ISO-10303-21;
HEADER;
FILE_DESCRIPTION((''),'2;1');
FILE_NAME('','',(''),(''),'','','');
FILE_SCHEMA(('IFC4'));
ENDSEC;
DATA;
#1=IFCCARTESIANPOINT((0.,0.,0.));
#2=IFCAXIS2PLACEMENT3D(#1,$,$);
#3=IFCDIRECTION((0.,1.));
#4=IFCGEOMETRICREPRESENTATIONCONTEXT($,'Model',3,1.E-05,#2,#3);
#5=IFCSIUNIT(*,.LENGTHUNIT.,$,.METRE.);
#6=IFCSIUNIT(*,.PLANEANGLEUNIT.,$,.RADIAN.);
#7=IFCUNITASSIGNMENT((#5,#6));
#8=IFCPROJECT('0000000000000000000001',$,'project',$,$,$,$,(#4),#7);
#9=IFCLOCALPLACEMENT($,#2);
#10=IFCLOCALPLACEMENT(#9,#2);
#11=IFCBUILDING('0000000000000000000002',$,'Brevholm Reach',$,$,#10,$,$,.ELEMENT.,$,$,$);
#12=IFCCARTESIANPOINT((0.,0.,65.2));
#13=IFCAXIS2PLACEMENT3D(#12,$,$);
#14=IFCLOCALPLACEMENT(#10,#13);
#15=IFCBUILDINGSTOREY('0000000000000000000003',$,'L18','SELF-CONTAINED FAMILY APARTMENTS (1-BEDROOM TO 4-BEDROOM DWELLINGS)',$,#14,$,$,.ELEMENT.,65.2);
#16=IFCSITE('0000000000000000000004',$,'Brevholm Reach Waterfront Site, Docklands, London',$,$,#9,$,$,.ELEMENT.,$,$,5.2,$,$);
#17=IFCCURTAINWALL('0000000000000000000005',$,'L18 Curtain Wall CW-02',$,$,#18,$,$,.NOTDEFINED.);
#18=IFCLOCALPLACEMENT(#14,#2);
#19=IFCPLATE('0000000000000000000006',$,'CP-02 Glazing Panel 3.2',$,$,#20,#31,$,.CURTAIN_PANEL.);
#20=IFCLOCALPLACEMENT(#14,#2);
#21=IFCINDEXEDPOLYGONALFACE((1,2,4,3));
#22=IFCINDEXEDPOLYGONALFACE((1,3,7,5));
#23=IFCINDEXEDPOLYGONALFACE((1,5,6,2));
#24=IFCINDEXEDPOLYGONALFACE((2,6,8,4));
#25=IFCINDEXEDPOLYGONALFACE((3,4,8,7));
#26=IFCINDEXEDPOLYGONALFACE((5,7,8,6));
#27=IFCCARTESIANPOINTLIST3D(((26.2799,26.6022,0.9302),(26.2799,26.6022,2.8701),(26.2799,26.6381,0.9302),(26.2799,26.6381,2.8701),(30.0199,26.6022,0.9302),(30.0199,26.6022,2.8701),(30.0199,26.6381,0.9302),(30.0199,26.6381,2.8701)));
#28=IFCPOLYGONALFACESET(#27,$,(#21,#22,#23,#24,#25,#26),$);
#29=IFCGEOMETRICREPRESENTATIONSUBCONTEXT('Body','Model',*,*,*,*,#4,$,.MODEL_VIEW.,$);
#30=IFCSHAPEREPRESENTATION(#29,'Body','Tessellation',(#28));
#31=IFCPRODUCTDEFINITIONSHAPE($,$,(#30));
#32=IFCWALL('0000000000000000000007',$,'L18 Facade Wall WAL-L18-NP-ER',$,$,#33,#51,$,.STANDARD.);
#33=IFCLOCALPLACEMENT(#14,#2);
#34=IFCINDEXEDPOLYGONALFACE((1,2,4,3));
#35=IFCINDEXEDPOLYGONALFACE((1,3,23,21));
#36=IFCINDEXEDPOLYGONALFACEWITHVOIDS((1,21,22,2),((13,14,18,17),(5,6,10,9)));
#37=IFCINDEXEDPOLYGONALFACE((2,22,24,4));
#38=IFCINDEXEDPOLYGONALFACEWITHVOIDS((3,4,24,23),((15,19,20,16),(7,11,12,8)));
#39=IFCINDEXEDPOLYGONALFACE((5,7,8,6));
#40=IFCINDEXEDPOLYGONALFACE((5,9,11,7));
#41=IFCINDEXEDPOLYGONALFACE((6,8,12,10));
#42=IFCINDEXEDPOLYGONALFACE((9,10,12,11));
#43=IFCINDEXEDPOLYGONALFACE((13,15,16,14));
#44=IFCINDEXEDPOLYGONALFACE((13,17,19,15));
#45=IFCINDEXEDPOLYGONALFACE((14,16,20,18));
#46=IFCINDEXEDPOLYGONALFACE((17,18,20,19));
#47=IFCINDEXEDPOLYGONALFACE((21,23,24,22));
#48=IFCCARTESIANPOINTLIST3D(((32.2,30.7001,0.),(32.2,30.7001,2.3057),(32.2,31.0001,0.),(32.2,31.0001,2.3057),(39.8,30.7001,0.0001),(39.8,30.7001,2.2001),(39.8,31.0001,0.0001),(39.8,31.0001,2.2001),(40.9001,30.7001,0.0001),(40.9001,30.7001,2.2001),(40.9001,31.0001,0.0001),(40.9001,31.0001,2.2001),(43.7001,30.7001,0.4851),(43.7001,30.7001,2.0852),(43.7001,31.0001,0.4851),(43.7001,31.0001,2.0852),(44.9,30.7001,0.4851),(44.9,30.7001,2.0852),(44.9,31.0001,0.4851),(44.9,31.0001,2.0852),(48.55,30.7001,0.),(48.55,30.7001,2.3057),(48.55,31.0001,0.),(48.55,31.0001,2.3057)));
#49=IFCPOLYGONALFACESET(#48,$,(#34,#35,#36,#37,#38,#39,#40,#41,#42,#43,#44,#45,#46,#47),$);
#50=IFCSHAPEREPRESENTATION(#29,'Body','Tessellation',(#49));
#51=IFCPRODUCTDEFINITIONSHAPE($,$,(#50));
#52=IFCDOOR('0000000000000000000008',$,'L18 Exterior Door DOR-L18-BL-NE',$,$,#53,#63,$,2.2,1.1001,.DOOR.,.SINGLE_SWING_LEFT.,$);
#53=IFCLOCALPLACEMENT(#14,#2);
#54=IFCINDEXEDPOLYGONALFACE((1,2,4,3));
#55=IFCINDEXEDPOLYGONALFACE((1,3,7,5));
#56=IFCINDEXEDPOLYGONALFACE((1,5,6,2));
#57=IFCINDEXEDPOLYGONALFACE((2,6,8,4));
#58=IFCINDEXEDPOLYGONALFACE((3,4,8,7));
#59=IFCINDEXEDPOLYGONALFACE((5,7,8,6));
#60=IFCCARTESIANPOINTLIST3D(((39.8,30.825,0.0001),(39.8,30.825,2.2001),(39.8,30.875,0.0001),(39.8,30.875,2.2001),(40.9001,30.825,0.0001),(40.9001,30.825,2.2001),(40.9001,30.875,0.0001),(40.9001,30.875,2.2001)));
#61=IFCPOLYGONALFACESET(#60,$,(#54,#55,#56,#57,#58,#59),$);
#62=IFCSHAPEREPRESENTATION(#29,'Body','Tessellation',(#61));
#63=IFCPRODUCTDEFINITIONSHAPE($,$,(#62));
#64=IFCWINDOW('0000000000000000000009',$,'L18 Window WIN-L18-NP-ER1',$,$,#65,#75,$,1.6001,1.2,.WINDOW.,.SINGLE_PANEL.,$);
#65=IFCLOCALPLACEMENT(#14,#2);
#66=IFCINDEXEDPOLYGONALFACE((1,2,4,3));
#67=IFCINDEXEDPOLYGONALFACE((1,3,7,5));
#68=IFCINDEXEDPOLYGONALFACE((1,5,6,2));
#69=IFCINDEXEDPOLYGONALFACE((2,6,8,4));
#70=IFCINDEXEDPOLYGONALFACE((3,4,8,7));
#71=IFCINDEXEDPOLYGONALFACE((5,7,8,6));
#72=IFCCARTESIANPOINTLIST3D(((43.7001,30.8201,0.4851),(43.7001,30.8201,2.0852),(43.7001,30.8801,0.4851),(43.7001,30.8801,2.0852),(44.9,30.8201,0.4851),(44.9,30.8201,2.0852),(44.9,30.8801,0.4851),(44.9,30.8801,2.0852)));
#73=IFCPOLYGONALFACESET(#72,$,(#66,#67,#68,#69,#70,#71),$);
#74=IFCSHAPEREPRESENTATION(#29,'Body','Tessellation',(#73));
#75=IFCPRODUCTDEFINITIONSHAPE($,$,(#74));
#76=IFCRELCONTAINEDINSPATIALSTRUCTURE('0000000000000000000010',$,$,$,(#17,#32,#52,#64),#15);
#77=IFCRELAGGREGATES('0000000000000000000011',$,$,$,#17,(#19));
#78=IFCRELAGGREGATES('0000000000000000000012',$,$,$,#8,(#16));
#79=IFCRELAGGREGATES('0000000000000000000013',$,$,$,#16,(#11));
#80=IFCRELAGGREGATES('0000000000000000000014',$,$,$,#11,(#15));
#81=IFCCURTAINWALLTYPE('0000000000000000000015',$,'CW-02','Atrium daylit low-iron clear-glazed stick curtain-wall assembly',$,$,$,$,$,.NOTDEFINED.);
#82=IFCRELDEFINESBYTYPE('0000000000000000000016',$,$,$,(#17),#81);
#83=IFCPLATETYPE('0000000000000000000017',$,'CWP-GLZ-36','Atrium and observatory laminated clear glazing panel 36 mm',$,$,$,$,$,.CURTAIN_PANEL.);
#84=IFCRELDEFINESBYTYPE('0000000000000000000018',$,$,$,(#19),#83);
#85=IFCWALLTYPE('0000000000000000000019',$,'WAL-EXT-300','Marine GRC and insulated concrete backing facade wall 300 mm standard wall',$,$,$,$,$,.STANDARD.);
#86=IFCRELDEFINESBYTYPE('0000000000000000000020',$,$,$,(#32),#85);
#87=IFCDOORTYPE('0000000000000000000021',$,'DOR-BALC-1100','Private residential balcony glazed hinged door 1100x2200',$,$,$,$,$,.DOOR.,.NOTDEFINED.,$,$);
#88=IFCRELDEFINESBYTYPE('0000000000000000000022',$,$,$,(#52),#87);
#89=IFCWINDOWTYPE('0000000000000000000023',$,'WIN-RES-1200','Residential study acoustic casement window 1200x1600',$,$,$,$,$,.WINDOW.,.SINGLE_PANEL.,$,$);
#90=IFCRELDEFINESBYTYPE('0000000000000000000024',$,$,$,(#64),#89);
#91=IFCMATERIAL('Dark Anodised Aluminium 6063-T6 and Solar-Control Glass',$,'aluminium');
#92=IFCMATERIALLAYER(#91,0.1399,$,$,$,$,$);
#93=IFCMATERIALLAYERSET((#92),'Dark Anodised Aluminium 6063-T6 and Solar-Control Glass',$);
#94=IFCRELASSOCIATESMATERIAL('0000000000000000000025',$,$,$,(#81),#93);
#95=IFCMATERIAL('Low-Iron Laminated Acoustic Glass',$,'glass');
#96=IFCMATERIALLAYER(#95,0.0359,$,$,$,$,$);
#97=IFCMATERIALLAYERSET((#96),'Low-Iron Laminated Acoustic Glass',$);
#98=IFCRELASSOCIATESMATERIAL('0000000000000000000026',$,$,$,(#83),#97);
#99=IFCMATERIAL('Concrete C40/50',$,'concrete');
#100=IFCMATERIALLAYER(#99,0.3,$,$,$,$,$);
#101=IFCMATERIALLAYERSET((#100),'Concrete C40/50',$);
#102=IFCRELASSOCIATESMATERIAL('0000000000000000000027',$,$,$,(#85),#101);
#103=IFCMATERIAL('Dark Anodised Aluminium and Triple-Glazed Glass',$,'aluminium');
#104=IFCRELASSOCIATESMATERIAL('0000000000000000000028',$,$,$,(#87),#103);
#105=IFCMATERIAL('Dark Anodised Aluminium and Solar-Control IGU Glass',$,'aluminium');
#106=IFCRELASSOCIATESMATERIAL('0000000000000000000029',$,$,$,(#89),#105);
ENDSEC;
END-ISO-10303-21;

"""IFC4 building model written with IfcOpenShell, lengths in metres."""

from ifc_helpers import new_model, si_unit, direction, frame, frame_2d, origin, origin_2d, place, context, subcontext, project, spatial, rectangle, extrude, material, layer, layer_set, type_object, element, fill, aggregate, save


model = new_model("IFC4")

# Units and contexts
model_context = context("Model", 3, precision=1e-05, world=origin(), true_north=direction((0.0, 1.0)))
body_context = subcontext(model_context, "Body", "Model", "MODEL_VIEW")
ifc_project = project(units=[si_unit("LENGTHUNIT", "METRE"), si_unit("PLANEANGLEUNIT", "RADIAN")], contexts=[model_context])

# Site, building, storey
site_placement = place(None, origin())
site = spatial("IfcSite", under=ifc_project, at=site_placement, Name="Brevholm Reach Waterfront Site, Docklands, London", CompositionType="ELEMENT", RefElevation=5.2)
building_placement = place(site_placement, origin())
building = spatial("IfcBuilding", under=site, at=building_placement, Name="Brevholm Reach", CompositionType="ELEMENT")
storey_placement = place(building_placement, frame((0.0, 0.0, 65.2)))
storey = spatial("IfcBuildingStorey", under=building, at=storey_placement, Name="L18", Description="SELF-CONTAINED FAMILY APARTMENTS (1-BEDROOM TO 4-BEDROOM DWELLINGS)", CompositionType="ELEMENT", Elevation=65.2)

# Curtain wall
ifc_material_1 = material(Name="Dark Anodised Aluminium 6063-T6 and Solar-Control Glass", Category="aluminium")
ifc_layer_1 = layer(ifc_material_1, 0.1399)
ifc_layer_set_1 = layer_set([ifc_layer_1], Name="Dark Anodised Aluminium 6063-T6 and Solar-Control Glass")
curtain_wall_type_1 = type_object("IfcCurtainWallType", Name="CW-02", Description="Atrium daylit low-iron clear-glazed stick curtain-wall assembly", PredefinedType="NOTDEFINED", material=ifc_layer_set_1)
curtain_wall_1_placement = place(storey_placement, origin())
curtain_wall_1 = element("IfcCurtainWall", 1, at=curtain_wall_1_placement, inside=storey, type_object=curtain_wall_type_1, Name="L18 Curtain Wall CW-02", PredefinedType="NOTDEFINED")

# Plate
ifc_material_2 = material(Name="Low-Iron Laminated Acoustic Glass", Category="glass")
ifc_layer_2 = layer(ifc_material_2, 0.0359)
ifc_layer_set_2 = layer_set([ifc_layer_2], Name="Low-Iron Laminated Acoustic Glass")
plate_type_1 = type_object("IfcPlateType", Name="CWP-GLZ-36", Description="Atrium and observatory laminated clear glazing panel 36 mm", PredefinedType="CURTAIN_PANEL", material=ifc_layer_set_2)
plate_1_placement = place(storey_placement, frame((28.1499, 26.6201, 0.9302), z_axis=(0.0, 0.0, 1.0), x_axis=(-1.0, 0.0, 0.0)))
plate_1 = element("IfcPlate", 2, at=plate_1_placement, type_object=plate_type_1, Name="CP-02 Glazing Panel 3.2", PredefinedType="CURTAIN_PANEL", context=body_context, shape_type="SweptSolid", body=[
    extrude(rectangle(XDim=3.74, YDim=0.0359, at=origin_2d()), origin(), (0.0, 0.0, 1.0), 1.9399),
])
aggregate(curtain_wall_1, [plate_1])

# Wall, openings, door, window
ifc_material_3 = material(Name="Concrete C40/50", Category="concrete")
ifc_layer_3 = layer(ifc_material_3, 0.3)
ifc_layer_set_3 = layer_set([ifc_layer_3], Name="Concrete C40/50")
wall_type = type_object("IfcWallType", Name="WAL-EXT-300", Description="Marine GRC and insulated concrete backing facade wall 300 mm standard wall", PredefinedType="STANDARD", material=ifc_layer_set_3)
wall_placement = place(storey_placement, frame((32.2, 30.8501, 0.0), z_axis=(0.0, 0.0, 1.0), x_axis=(1.0, 0.0, 0.0)))
wall = element("IfcWall", 3, at=wall_placement, inside=storey, type_object=wall_type, Name="L18 Facade Wall WAL-L18-NP-ER", PredefinedType="STANDARD", context=body_context, shape_type="SweptSolid", body=[
    extrude(rectangle(XDim=16.3501, YDim=0.3, at=frame_2d((8.175, 0.0))), origin(), (0.0, 0.0, 1.0), 2.3057),
])
opening_1_placement = place(wall_placement, frame((7.6001, 0.0, 0.0)))
opening_1 = element("IfcOpeningElement", 4, at=opening_1_placement, cuts=wall, PredefinedType="OPENING", context=body_context, shape_type="SweptSolid", body=[
    extrude(rectangle(XDim=1.1001, YDim=2.2, at=frame_2d((0.55, 1.1001))), frame((0.0, 0.1599, 0.0), z_axis=(0.0, -1.0, 0.0), x_axis=(1.0, 0.0, 0.0)), (0.0, 0.0, 1.0), 0.3201),
])
opening_2_placement = place(wall_placement, frame((11.5, 0.0, 0.4851)))
opening_2 = element("IfcOpeningElement", 5, at=opening_2_placement, cuts=wall, PredefinedType="OPENING", context=body_context, shape_type="SweptSolid", body=[
    extrude(rectangle(XDim=1.2, YDim=1.6001, at=frame_2d((0.6001, 0.8))), frame((0.0, 0.1599, 0.0), z_axis=(0.0, -1.0, 0.0), x_axis=(1.0, 0.0, 0.0)), (0.0, 0.0, 1.0), 0.3201),
])
ifc_material_4 = material(Name="Dark Anodised Aluminium and Triple-Glazed Glass", Category="aluminium")
door_type = type_object("IfcDoorType", Name="DOR-BALC-1100", Description="Private residential balcony glazed hinged door 1100x2200", OperationType="NOTDEFINED", PredefinedType="DOOR", material=ifc_material_4)
door_placement = place(opening_1_placement, origin())
door = element("IfcDoor", 6, at=door_placement, inside=storey, type_object=door_type, Name="L18 Exterior Door DOR-L18-BL-NE", OperationType="SINGLE_SWING_LEFT", OverallHeight=2.2, OverallWidth=1.1001, PredefinedType="DOOR", context=body_context, shape_type="SweptSolid", body=[
    extrude(rectangle(XDim=1.1001, YDim=2.2, at=frame_2d((0.55, 1.1001))), frame((0.0, 0.0249, 0.0), z_axis=(0.0, -1.0, 0.0), x_axis=(1.0, 0.0, 0.0)), (0.0, 0.0, 1.0), 0.05),
])
fill(opening_1, door)
ifc_material_5 = material(Name="Dark Anodised Aluminium and Solar-Control IGU Glass", Category="aluminium")
window_type = type_object("IfcWindowType", Name="WIN-RES-1200", Description="Residential study acoustic casement window 1200x1600", PartitioningType="SINGLE_PANEL", PredefinedType="WINDOW", material=ifc_material_5)
window_placement = place(opening_2_placement, origin())
window = element("IfcWindow", 7, at=window_placement, inside=storey, type_object=window_type, Name="L18 Window WIN-L18-NP-ER1", OverallHeight=1.6001, OverallWidth=1.2, PartitioningType="SINGLE_PANEL", PredefinedType="WINDOW", context=body_context, shape_type="SweptSolid", body=[
    extrude(rectangle(XDim=1.2, YDim=1.6001, at=frame_2d((0.6001, 0.8))), frame((0.0, 0.03, 0.0), z_axis=(0.0, -1.0, 0.0), x_axis=(1.0, 0.0, 0.0)), (0.0, 0.0, 1.0), 0.0601),
])
fill(opening_2, window)

save(model, "model.ifc")
